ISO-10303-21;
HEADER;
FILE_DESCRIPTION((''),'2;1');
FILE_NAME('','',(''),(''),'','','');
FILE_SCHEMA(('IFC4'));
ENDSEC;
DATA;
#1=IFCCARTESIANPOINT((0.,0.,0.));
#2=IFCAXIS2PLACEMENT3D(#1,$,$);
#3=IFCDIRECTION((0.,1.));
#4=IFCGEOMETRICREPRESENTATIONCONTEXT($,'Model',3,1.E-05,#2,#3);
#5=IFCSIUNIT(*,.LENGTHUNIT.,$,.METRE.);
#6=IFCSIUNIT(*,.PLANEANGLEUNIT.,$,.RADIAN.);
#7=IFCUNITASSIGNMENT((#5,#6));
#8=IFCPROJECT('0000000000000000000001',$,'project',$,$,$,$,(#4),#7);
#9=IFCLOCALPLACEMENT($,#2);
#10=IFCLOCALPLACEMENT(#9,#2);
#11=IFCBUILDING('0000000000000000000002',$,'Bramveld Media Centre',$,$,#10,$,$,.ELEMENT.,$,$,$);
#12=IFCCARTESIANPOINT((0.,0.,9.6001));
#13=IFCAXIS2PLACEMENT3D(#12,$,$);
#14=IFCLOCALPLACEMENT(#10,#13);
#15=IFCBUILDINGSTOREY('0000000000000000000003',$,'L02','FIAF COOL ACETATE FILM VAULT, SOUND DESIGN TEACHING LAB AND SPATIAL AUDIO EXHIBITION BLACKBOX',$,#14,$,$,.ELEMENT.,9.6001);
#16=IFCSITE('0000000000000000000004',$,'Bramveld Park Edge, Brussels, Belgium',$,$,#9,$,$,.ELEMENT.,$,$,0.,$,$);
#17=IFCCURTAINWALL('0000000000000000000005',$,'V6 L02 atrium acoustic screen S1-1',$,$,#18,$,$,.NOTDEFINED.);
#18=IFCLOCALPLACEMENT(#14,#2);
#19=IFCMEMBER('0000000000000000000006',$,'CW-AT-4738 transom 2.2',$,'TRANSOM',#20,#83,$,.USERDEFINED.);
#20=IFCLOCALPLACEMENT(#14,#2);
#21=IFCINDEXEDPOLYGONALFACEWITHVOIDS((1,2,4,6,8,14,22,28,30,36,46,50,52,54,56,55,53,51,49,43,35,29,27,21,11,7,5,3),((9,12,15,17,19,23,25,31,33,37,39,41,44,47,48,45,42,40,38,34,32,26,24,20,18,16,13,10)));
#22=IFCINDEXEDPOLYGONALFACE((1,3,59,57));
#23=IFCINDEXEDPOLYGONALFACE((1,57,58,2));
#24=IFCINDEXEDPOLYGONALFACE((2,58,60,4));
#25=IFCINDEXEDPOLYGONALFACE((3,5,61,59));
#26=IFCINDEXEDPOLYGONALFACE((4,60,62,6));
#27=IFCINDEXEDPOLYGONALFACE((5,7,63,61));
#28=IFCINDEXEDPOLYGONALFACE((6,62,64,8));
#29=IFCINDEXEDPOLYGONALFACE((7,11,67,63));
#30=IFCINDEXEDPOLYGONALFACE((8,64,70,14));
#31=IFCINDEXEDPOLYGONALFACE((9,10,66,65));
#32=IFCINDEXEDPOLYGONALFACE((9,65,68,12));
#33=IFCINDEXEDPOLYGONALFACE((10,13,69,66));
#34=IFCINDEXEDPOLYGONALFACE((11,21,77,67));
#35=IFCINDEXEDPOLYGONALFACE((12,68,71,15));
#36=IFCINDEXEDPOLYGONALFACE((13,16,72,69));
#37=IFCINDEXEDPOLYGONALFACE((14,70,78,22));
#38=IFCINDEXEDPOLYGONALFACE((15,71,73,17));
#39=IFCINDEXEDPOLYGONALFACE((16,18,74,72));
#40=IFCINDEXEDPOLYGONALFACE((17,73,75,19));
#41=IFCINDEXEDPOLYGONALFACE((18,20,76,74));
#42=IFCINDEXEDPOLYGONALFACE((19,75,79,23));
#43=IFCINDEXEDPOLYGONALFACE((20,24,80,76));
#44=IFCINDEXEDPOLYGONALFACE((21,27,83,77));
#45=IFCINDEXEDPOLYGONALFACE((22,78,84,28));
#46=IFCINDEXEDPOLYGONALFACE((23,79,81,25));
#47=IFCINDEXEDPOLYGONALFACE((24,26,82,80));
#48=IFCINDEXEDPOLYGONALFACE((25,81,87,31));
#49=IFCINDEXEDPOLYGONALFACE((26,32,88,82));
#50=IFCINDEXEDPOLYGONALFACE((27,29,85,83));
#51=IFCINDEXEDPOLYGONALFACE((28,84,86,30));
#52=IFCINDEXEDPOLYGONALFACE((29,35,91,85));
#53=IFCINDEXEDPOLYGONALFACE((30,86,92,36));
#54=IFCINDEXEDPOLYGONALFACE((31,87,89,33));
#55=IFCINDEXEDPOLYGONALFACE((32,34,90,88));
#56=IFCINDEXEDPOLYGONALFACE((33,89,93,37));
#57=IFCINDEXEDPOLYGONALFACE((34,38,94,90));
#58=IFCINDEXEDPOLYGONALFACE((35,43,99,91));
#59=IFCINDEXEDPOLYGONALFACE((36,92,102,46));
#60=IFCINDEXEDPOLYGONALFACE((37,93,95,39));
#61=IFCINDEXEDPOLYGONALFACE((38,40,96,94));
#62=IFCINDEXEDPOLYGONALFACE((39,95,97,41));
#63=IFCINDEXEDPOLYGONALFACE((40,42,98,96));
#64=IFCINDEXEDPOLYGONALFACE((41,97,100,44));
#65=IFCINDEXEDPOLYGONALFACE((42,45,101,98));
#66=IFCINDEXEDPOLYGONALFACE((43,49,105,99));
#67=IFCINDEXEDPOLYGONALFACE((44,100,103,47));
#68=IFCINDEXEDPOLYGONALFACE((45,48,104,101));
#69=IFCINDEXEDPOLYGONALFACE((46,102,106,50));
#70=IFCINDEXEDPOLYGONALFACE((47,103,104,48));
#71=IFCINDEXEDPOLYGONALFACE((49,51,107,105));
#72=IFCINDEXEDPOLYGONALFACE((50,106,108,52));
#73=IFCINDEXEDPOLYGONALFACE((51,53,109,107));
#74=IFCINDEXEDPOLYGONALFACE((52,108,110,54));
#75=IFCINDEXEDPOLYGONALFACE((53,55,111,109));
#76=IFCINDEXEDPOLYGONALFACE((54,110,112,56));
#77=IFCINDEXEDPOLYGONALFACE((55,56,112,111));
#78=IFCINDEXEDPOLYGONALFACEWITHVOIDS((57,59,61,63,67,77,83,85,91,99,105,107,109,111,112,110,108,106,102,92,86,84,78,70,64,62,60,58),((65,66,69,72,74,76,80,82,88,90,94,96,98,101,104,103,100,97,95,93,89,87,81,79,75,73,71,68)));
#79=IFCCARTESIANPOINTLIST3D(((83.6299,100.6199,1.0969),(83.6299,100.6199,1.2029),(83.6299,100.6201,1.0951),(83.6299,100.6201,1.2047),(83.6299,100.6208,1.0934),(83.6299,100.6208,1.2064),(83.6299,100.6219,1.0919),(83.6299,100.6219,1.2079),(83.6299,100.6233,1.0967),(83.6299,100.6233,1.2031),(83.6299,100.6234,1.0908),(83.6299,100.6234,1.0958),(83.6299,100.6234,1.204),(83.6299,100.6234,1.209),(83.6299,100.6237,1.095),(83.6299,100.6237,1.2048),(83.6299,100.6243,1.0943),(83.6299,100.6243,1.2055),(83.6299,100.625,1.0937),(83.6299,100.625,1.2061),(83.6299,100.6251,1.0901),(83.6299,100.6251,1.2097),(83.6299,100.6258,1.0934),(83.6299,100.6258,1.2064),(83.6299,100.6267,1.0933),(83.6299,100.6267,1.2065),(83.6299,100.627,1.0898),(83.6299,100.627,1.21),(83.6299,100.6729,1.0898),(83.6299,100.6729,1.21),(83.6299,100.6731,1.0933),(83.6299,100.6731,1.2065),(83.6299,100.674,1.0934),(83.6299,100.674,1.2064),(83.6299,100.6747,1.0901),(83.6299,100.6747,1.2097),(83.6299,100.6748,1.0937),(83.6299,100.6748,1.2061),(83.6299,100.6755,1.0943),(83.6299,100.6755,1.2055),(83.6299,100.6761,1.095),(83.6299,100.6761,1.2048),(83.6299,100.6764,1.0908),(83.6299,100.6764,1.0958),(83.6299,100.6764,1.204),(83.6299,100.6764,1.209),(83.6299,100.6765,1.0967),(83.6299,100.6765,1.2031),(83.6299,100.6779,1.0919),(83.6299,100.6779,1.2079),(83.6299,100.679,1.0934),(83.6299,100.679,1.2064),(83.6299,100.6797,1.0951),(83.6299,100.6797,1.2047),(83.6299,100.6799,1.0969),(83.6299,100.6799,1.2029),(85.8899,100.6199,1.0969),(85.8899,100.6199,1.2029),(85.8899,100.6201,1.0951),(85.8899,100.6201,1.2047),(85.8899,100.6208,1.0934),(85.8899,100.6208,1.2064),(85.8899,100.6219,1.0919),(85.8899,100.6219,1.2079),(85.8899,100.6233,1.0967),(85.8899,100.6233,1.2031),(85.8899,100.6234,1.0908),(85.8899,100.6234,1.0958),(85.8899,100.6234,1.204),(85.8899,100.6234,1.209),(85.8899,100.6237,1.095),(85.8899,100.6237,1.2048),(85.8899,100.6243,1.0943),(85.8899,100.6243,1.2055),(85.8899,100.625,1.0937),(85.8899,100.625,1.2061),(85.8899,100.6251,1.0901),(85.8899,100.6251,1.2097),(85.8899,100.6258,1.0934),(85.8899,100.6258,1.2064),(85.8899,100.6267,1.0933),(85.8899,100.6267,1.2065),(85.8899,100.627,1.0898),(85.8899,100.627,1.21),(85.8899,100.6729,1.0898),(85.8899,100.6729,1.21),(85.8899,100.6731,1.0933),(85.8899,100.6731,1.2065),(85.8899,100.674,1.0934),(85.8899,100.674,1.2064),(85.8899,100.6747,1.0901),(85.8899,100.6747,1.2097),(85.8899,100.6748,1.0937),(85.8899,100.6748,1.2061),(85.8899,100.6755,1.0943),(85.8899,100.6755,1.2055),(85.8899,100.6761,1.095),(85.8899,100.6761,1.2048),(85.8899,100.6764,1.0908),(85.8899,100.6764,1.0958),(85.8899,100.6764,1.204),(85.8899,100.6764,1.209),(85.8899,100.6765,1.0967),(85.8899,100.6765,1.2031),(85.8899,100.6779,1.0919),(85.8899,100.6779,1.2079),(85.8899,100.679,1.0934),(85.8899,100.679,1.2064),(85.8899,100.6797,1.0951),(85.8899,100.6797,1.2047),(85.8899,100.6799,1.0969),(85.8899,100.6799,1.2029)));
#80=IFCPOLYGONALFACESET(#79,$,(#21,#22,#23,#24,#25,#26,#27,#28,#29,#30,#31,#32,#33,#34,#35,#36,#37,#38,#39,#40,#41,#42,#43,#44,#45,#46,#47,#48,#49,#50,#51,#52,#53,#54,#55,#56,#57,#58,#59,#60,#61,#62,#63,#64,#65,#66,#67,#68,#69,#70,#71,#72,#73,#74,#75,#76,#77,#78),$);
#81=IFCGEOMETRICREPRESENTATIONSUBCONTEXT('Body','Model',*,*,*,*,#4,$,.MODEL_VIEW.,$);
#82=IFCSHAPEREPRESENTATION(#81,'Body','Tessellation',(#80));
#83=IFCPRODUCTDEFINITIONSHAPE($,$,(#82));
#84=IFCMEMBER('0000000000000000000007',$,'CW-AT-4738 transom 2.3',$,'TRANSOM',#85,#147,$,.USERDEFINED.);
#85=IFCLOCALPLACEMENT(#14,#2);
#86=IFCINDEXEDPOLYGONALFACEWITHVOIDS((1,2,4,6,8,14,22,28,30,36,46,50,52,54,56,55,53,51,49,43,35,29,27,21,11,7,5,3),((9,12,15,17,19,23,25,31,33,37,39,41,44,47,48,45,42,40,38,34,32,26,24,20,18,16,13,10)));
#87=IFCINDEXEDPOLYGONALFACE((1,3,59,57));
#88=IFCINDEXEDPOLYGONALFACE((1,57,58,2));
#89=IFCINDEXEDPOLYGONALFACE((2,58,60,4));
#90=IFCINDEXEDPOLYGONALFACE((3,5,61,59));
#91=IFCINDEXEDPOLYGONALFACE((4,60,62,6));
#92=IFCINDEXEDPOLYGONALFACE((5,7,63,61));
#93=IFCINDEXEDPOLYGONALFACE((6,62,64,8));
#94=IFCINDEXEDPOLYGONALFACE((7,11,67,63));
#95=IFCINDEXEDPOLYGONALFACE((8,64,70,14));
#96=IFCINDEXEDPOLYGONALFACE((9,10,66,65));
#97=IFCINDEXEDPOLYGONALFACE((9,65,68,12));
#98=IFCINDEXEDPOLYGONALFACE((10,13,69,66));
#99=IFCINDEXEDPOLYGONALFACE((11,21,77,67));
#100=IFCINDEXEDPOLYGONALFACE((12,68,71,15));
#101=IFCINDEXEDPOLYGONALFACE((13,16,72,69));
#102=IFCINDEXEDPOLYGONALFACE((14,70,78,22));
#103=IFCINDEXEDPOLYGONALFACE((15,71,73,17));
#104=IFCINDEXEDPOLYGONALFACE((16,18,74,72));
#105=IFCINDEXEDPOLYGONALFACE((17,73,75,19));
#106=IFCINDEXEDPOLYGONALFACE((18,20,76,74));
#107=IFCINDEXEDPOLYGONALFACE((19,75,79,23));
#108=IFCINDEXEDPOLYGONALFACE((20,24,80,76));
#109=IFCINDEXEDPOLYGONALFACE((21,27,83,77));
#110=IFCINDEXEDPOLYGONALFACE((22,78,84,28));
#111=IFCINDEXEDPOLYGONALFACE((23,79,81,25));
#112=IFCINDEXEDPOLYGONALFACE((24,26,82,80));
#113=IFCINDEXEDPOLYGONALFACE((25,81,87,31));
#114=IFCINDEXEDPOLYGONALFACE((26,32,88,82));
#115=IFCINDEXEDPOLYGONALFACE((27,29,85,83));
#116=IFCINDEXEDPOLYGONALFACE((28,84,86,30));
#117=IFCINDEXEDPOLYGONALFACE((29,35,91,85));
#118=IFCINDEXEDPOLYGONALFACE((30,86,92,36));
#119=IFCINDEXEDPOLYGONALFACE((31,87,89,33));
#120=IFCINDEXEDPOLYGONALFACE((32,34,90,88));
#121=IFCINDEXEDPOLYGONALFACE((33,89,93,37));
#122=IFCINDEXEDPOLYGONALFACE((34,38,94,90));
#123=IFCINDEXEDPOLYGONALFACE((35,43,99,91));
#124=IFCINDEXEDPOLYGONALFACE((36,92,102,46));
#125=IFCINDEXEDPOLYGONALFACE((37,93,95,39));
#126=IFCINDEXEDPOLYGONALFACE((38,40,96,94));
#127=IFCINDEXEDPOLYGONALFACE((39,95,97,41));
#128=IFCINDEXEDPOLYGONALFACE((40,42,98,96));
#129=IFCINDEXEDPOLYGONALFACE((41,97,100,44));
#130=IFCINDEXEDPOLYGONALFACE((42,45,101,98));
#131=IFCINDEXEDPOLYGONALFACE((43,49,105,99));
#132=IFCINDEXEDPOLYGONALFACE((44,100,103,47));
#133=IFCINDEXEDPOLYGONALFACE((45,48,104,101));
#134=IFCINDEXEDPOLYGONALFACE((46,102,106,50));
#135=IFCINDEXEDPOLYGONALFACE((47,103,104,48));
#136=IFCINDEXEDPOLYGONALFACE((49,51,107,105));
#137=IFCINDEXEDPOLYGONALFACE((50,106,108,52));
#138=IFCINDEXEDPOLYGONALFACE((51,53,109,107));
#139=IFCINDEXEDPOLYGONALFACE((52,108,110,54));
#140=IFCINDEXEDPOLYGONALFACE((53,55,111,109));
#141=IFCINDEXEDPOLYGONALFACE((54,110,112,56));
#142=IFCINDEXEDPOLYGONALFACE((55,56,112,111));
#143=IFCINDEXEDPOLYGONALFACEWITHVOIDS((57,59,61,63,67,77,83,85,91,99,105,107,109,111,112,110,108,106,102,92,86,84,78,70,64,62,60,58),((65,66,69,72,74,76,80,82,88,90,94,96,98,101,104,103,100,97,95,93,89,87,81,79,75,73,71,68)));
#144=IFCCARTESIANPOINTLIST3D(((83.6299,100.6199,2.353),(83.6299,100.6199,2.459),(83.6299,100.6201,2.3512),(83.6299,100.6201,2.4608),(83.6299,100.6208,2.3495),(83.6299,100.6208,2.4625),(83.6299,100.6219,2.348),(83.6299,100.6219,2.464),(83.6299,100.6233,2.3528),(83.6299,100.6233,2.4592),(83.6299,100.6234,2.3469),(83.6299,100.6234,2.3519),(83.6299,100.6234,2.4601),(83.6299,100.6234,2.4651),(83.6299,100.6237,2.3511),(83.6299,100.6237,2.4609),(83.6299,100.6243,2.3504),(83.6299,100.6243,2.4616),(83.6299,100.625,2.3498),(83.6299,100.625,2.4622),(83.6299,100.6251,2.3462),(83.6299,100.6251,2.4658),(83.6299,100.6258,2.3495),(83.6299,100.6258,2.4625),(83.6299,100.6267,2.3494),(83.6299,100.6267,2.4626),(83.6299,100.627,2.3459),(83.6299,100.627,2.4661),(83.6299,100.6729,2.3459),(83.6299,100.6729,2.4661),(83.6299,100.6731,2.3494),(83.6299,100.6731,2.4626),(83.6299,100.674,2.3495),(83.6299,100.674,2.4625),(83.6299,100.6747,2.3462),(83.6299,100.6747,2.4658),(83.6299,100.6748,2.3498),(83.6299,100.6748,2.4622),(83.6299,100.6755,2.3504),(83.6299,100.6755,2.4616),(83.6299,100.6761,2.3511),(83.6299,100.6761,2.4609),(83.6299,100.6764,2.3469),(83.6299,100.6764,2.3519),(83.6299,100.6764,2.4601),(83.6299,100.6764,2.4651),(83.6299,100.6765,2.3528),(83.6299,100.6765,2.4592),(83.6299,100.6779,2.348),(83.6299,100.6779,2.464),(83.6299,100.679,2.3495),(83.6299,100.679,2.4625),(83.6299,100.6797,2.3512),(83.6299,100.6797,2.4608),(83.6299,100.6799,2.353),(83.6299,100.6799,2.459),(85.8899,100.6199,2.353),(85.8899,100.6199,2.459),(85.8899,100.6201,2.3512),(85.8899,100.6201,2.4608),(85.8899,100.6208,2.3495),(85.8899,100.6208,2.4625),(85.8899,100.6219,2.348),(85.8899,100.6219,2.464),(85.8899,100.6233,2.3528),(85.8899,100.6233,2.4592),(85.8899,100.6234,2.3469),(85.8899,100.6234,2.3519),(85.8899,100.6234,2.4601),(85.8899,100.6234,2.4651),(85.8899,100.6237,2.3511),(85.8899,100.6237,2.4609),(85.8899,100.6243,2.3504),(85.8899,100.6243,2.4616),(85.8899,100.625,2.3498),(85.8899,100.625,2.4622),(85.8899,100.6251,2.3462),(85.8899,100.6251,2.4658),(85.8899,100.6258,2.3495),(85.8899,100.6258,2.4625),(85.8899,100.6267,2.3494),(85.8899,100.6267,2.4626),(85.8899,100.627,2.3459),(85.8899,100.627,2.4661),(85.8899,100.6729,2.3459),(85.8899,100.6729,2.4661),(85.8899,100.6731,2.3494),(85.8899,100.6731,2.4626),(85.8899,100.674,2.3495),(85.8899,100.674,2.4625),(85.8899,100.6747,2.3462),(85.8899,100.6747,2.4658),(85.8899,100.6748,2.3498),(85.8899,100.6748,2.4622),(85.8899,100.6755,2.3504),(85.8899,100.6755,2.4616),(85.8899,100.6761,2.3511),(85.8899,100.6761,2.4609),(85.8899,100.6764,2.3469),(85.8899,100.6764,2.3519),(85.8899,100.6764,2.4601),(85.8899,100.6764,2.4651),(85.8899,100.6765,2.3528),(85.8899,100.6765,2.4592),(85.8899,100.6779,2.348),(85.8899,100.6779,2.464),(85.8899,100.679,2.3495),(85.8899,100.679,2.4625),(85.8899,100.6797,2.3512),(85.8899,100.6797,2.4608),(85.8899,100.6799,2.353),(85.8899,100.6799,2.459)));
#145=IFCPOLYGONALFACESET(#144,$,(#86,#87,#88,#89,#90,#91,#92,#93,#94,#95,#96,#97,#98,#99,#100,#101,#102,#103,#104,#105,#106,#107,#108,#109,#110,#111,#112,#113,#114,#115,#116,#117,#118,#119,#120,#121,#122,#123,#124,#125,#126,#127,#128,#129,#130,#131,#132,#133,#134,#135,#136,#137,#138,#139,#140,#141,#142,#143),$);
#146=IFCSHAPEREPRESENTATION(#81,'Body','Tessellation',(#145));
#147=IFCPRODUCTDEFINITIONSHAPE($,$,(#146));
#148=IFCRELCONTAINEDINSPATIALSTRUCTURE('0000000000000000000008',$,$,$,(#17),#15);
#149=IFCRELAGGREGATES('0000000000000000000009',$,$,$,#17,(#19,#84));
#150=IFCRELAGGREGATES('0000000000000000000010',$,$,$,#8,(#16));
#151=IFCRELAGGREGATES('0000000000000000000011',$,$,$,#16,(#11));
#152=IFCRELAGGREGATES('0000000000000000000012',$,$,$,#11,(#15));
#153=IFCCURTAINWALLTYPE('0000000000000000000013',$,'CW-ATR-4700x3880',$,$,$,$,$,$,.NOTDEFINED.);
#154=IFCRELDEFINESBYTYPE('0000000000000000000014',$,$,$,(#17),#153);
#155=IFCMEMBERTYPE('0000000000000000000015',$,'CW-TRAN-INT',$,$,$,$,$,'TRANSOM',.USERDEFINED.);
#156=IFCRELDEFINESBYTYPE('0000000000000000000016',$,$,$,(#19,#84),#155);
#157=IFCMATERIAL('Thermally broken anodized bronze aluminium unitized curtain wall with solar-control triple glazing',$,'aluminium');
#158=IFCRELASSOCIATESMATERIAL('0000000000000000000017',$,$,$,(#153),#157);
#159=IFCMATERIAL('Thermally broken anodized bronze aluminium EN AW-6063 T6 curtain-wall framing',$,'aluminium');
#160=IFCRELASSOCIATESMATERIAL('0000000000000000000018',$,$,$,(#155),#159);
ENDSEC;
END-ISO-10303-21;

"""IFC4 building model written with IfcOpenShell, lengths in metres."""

from ifc_helpers import new_model, si_unit, direction, frame, origin, origin_2d, place, context, subcontext, project, spatial, hollow_rectangle, extrude, material, material_profile, profile_set, type_object, element, aggregate, save


model = new_model("IFC4")

# Units and contexts
model_context = context("Model", 3, precision=1e-05, world=origin(), true_north=direction((0.0, 1.0)))
body_context = subcontext(model_context, "Body", "Model", "MODEL_VIEW")
ifc_project = project(units=[si_unit("LENGTHUNIT", "METRE"), si_unit("PLANEANGLEUNIT", "RADIAN")], contexts=[model_context])

# Site, building, storey
site_placement = place(None, origin())
site = spatial("IfcSite", under=ifc_project, at=site_placement, Name="Bramveld Park Edge, Brussels, Belgium", CompositionType="ELEMENT", RefElevation=0.0)
building_placement = place(site_placement, origin())
building = spatial("IfcBuilding", under=site, at=building_placement, Name="Bramveld Media Centre", CompositionType="ELEMENT")
storey_placement = place(building_placement, frame((0.0, 0.0, 9.6001)))
storey = spatial("IfcBuildingStorey", under=building, at=storey_placement, Name="L02", Description="FIAF COOL ACETATE FILM VAULT, SOUND DESIGN TEACHING LAB AND SPATIAL AUDIO EXHIBITION BLACKBOX", CompositionType="ELEMENT", Elevation=9.6001)

# Curtain wall
ifc_material_1 = material(Name="Thermally broken anodized bronze aluminium unitized curtain wall with solar-control triple glazing", Category="aluminium")
curtain_wall_type_1 = type_object("IfcCurtainWallType", Name="CW-ATR-4700x3880", PredefinedType="NOTDEFINED", material=ifc_material_1)
curtain_wall_1_placement = place(storey_placement, origin())
curtain_wall_1 = element("IfcCurtainWall", 1, at=curtain_wall_1_placement, inside=storey, type_object=curtain_wall_type_1, Name="V6 L02 atrium acoustic screen S1-1", PredefinedType="NOTDEFINED")

# Members
ifc_material_2 = material(Name="Thermally broken anodized bronze aluminium EN AW-6063 T6 curtain-wall framing", Category="aluminium")
ifc_material_profile_1 = material_profile(ifc_material_2, hollow_rectangle(XDim=0.0601, YDim=0.1201, WallThickness=0.0034, InnerFilletRadius=0.0034, OuterFilletRadius=0.0071, at=origin_2d()), Name="AL-TRAN 60x120")
ifc_profile_set_1 = profile_set([ifc_material_profile_1], Name="Thermally broken anodized bronze aluminium EN AW-6063 T6 curtain-wall framing")
member_type_1 = type_object("IfcMemberType", Name="CW-TRAN-INT", ElementType="TRANSOM", PredefinedType="USERDEFINED", material=ifc_profile_set_1)
member_1_placement = place(storey_placement, frame((83.6299, 100.6499, 1.1499), z_axis=(1.0, 0.0, 0.0), x_axis=(0.0, 1.0, 0.0)))
member_1 = element("IfcMember", 2, at=member_1_placement, type_object=member_type_1, Name="CW-AT-4738 transom 2.2", ObjectType="TRANSOM", PredefinedType="USERDEFINED", context=body_context, shape_type="SweptSolid", body=[
    extrude(hollow_rectangle(XDim=0.0601, YDim=0.1201, WallThickness=0.0034, InnerFilletRadius=0.0034, OuterFilletRadius=0.0071, at=origin_2d()), origin(), (0.0, 0.0, 1.0), 2.26),
])
member_2_placement = place(storey_placement, frame((83.6299, 100.6499, 2.406), z_axis=(1.0, 0.0, 0.0), x_axis=(0.0, 1.0, 0.0)))
member_2 = element("IfcMember", 3, at=member_2_placement, type_object=member_type_1, Name="CW-AT-4738 transom 2.3", ObjectType="TRANSOM", PredefinedType="USERDEFINED", context=body_context, shape_type="SweptSolid", body=[
    extrude(hollow_rectangle(XDim=0.0601, YDim=0.1201, WallThickness=0.0034, InnerFilletRadius=0.0034, OuterFilletRadius=0.0071, at=origin_2d()), origin(), (0.0, 0.0, 1.0), 2.26),
])

aggregate(curtain_wall_1, [member_1, member_2])

save(model, "model.ifc")
